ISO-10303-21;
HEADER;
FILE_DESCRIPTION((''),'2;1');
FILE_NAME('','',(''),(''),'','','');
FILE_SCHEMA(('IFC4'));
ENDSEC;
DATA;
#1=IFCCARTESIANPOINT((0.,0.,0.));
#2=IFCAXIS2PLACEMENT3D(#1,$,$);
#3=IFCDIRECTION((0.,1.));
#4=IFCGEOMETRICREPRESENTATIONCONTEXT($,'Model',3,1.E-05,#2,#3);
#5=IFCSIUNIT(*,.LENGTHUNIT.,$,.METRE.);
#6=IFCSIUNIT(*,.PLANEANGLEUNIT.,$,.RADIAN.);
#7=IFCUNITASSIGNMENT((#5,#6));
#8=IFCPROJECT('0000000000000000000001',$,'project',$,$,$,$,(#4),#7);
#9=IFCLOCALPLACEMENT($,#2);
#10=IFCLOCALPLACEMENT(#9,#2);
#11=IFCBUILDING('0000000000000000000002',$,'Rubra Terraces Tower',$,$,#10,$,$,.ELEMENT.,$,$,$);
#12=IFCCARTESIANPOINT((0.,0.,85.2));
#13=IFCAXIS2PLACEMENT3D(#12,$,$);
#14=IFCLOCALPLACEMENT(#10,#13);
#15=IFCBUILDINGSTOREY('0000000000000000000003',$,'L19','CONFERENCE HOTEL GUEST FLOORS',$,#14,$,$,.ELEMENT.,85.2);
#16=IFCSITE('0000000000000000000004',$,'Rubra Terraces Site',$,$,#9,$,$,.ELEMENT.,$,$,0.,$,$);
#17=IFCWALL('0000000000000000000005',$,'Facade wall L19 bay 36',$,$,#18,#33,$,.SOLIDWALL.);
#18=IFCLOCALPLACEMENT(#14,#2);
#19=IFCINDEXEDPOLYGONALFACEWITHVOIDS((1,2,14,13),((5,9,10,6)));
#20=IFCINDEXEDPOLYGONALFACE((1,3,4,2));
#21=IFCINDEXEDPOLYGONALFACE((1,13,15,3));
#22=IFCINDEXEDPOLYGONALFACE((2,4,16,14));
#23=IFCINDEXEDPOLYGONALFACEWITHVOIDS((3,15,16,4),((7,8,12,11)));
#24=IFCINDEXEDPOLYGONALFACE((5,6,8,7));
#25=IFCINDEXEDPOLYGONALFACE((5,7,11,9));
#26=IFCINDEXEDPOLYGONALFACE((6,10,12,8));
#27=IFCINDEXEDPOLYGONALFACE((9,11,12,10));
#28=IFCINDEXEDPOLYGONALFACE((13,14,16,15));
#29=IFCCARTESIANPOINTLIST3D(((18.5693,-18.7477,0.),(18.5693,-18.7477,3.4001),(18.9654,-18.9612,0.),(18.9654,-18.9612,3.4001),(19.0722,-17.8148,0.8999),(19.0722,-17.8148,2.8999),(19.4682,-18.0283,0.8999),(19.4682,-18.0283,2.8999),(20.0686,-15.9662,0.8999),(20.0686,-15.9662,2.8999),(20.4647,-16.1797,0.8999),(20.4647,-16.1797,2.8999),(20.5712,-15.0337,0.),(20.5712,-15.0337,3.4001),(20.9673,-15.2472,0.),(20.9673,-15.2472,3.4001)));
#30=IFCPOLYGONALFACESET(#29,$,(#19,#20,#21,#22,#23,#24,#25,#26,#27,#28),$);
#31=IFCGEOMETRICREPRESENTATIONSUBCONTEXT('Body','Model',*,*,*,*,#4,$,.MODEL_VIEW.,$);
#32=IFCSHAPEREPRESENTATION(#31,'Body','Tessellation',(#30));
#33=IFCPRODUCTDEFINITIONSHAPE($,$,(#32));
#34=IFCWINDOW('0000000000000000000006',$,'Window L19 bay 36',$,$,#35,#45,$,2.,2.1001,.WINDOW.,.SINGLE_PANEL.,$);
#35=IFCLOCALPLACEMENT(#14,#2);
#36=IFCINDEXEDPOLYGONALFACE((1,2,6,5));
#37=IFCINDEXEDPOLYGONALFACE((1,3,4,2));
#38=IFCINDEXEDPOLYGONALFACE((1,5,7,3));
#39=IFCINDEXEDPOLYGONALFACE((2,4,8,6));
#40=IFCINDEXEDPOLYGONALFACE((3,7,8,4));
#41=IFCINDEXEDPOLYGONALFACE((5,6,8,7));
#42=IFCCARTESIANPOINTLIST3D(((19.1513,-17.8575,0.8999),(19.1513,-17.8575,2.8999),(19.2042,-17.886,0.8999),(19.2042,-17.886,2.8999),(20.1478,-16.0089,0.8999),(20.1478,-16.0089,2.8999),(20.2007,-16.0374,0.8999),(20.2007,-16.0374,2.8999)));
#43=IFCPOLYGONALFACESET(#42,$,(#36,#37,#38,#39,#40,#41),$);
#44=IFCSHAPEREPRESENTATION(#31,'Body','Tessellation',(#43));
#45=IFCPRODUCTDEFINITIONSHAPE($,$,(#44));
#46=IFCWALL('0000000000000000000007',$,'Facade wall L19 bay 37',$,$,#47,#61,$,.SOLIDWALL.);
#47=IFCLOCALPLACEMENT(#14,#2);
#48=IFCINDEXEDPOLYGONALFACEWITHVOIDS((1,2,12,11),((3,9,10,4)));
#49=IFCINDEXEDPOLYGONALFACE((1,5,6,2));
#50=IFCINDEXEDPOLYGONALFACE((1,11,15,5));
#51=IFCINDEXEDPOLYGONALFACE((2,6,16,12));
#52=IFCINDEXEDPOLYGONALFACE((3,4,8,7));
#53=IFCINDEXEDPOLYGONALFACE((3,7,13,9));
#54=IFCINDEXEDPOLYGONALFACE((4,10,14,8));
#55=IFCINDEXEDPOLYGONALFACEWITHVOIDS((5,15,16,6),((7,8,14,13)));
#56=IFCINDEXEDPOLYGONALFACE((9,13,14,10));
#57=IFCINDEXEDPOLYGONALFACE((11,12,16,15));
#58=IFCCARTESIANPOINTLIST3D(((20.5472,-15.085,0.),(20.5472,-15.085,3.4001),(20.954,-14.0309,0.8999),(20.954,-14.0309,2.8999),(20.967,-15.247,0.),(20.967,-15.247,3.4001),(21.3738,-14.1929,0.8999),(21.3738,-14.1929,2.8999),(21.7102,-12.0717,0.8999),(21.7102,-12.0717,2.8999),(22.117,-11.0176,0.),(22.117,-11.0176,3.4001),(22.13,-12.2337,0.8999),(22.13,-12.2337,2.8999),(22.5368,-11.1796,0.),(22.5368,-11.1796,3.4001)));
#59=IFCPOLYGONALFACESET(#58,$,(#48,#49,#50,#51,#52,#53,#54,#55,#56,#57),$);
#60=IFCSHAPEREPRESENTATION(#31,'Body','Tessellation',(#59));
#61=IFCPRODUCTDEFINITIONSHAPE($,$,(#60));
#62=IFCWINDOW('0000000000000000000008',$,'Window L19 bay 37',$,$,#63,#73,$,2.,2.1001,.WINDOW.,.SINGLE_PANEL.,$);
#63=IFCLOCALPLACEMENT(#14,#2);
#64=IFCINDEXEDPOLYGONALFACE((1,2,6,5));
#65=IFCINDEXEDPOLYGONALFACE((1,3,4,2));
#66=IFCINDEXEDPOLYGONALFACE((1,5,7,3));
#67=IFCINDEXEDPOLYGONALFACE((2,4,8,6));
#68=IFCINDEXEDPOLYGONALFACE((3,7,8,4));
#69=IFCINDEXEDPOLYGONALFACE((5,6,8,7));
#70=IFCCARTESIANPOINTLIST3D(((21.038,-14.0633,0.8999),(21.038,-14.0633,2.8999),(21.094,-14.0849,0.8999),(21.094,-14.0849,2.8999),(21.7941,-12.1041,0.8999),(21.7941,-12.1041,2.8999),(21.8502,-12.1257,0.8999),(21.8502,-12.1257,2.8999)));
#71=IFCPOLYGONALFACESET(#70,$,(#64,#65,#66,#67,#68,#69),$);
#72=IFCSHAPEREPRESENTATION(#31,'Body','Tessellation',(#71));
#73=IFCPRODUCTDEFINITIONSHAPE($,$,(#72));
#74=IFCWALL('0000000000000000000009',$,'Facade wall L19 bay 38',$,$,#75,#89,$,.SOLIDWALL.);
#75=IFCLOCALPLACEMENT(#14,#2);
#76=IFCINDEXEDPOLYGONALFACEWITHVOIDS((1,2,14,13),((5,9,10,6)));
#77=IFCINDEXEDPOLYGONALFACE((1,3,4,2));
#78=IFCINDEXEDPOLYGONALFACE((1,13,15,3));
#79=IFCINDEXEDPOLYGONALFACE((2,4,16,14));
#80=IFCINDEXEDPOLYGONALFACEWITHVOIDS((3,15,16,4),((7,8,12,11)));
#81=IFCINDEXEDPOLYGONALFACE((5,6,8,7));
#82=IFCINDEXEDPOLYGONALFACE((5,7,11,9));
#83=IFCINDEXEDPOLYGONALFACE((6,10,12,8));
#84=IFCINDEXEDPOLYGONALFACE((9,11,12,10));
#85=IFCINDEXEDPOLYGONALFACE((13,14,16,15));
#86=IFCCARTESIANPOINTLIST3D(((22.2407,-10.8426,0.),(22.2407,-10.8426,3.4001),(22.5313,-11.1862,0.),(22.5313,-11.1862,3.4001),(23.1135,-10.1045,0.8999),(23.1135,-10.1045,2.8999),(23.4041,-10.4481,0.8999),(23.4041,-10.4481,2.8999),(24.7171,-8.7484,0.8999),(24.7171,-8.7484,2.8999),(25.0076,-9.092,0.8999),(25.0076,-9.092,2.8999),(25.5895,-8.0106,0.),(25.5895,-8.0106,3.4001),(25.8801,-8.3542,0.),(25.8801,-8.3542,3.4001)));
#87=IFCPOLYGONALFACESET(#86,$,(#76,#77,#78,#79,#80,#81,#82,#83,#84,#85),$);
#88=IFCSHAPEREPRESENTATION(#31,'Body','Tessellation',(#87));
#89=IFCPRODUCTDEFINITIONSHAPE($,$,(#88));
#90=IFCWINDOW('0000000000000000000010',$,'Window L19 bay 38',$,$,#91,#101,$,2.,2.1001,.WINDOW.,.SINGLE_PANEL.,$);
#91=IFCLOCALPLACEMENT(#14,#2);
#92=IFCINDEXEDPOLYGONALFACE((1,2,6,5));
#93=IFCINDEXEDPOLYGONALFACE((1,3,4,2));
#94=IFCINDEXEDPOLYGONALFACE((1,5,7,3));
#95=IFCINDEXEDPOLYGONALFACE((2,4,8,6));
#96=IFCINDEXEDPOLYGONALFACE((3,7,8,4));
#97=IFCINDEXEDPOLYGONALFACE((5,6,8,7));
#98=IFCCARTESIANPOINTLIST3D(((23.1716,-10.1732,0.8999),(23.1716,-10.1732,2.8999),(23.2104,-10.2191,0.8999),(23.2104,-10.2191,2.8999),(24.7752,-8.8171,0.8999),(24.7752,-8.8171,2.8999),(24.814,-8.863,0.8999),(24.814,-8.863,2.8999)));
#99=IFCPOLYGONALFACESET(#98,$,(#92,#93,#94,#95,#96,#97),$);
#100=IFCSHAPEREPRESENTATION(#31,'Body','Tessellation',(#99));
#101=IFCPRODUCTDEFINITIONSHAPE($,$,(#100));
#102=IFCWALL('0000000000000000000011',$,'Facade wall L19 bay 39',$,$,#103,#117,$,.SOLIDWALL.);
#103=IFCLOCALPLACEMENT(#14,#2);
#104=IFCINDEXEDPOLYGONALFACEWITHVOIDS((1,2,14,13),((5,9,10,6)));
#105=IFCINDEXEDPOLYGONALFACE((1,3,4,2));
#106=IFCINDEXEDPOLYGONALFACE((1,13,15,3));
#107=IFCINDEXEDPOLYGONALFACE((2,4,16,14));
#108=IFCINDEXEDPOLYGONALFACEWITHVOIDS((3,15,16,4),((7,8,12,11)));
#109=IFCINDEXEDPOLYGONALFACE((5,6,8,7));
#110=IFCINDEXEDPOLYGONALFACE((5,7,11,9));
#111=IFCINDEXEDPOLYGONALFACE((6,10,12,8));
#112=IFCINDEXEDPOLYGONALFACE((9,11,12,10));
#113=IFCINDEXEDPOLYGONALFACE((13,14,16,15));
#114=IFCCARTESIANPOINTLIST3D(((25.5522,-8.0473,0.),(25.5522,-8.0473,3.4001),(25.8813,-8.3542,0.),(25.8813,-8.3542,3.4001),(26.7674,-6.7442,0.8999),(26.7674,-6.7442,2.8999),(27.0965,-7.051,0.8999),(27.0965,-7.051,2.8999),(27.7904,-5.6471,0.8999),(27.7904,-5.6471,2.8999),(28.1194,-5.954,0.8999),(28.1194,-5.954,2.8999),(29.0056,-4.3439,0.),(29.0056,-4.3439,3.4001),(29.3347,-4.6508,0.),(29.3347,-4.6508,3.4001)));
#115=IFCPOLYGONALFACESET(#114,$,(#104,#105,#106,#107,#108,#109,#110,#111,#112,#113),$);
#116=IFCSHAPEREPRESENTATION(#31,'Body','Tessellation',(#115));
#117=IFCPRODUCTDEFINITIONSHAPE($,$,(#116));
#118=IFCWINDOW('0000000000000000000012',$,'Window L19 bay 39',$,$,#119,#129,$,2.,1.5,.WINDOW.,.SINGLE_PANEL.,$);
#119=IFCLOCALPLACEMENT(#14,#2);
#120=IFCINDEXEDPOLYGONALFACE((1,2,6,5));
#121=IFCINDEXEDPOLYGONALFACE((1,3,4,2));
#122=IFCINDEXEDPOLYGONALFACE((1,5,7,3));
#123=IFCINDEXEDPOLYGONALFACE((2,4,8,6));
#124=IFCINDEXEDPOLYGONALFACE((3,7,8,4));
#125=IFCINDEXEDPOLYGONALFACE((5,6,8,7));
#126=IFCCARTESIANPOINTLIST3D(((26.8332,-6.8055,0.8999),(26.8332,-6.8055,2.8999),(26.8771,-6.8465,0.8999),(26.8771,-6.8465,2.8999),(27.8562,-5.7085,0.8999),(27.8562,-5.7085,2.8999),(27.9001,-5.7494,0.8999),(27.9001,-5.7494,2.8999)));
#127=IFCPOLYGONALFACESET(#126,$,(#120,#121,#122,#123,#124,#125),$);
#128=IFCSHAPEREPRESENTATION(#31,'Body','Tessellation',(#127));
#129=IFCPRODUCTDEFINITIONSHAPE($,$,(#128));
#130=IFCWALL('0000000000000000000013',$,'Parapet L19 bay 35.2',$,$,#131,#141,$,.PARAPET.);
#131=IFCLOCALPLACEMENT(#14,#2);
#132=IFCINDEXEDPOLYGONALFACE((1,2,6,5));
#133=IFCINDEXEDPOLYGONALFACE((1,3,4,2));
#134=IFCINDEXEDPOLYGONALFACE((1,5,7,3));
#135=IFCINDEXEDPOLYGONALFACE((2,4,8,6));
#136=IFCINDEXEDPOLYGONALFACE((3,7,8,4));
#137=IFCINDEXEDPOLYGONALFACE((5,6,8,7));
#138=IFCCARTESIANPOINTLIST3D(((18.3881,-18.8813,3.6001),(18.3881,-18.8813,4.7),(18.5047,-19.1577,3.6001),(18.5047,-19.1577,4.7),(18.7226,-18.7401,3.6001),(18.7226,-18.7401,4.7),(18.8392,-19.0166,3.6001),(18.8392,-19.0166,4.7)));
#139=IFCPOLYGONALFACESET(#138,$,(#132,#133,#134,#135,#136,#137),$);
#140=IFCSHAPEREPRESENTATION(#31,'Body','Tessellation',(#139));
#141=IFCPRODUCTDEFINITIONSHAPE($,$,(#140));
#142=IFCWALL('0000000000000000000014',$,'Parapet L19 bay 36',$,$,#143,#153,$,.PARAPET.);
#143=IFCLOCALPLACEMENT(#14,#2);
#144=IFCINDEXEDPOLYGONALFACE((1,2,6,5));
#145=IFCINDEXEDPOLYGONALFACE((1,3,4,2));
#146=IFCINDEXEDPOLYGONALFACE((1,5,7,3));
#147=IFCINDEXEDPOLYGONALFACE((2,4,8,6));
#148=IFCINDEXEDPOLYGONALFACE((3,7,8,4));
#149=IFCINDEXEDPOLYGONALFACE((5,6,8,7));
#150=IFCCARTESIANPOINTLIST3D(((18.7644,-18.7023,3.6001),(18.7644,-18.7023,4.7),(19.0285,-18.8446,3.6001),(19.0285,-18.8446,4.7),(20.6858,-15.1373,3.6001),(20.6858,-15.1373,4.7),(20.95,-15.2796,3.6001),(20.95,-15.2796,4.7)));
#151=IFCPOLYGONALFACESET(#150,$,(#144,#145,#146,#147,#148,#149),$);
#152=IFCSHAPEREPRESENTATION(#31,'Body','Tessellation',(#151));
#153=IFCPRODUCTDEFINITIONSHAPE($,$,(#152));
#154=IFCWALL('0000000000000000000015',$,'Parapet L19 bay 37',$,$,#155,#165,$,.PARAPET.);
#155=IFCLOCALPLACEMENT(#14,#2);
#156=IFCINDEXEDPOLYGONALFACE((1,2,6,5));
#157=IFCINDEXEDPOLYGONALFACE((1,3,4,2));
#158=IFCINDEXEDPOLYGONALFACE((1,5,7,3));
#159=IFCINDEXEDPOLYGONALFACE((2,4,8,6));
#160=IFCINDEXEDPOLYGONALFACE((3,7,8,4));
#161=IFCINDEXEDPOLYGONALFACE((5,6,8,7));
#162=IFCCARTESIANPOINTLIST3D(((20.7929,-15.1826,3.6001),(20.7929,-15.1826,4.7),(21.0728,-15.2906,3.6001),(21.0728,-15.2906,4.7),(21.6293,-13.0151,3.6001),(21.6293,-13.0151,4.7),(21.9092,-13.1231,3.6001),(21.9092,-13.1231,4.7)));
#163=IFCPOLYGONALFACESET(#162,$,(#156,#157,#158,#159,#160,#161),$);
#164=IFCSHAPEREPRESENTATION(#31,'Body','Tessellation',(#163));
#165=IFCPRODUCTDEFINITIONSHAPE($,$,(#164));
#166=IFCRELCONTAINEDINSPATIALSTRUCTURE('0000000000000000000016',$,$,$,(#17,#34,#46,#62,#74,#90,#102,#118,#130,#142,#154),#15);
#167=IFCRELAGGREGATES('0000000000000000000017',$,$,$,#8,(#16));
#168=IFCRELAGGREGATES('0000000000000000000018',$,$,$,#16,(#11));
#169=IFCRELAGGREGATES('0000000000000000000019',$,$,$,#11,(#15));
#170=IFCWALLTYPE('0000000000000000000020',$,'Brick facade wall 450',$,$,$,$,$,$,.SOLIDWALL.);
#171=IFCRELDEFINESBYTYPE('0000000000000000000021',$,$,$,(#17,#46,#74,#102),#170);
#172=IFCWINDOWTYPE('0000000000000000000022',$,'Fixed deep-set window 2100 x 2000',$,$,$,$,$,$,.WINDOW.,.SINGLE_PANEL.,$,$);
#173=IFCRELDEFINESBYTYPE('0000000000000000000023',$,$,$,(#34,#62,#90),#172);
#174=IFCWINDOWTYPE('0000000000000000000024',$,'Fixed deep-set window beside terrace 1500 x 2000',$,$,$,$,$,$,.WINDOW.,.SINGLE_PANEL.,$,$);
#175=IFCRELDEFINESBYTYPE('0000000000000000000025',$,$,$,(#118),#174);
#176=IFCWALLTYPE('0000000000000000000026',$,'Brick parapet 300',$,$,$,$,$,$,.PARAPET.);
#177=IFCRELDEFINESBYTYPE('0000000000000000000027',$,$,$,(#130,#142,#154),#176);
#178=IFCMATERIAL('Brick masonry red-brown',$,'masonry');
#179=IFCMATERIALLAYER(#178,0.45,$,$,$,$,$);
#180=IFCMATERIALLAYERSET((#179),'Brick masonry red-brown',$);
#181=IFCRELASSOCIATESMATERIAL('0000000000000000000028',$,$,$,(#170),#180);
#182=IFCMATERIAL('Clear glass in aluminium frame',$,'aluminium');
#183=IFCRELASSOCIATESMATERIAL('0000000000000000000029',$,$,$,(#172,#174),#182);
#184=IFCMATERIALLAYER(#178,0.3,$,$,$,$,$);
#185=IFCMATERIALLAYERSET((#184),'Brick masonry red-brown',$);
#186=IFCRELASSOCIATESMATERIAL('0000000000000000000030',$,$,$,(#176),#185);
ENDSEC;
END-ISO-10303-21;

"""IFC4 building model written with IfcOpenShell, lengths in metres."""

from ifc_helpers import new_model, si_unit, direction, frame, frame_2d, origin, place, context, subcontext, project, spatial, rectangle, extrude, material, layer, layer_set, type_object, element, fill, save


model = new_model("IFC4")

# Units and contexts
model_context = context("Model", 3, precision=1e-05, world=origin(), true_north=direction((0.0, 1.0)))
body_context = subcontext(model_context, "Body", "Model", "MODEL_VIEW")
ifc_project = project(units=[si_unit("LENGTHUNIT", "METRE"), si_unit("PLANEANGLEUNIT", "RADIAN")], contexts=[model_context])

# Site, building, storey
site_placement = place(None, origin())
site = spatial("IfcSite", under=ifc_project, at=site_placement, Name="Rubra Terraces Site", CompositionType="ELEMENT", RefElevation=0.0)
building_placement = place(site_placement, origin())
building = spatial("IfcBuilding", under=site, at=building_placement, Name="Rubra Terraces Tower", CompositionType="ELEMENT")
storey_placement = place(building_placement, frame((0.0, 0.0, 85.2)))
storey = spatial("IfcBuildingStorey", under=building, at=storey_placement, Name="L19", Description="CONFERENCE HOTEL GUEST FLOORS", CompositionType="ELEMENT", Elevation=85.2)

# Walls, openings, windows
ifc_material_1 = material(Name="Brick masonry red-brown", Category="masonry")
ifc_layer_1 = layer(ifc_material_1, 0.45)
ifc_layer_set_1 = layer_set([ifc_layer_1], Name="Brick masonry red-brown")
wall_type_1 = type_object("IfcWallType", Name="Brick facade wall 450", PredefinedType="SOLIDWALL", material=ifc_layer_set_1)
wall_1_placement = place(storey_placement, frame((18.7673, -18.8545, 0.0), z_axis=(0.0, 0.0, 1.0), x_axis=(0.474476, 0.880268, 0.0)))
wall_1 = element("IfcWall", 1, at=wall_1_placement, inside=storey, type_object=wall_type_1, Name="Facade wall L19 bay 36", PredefinedType="SOLIDWALL", context=body_context, shape_type="SweptSolid", body=[
    extrude(rectangle(XDim=4.2192, YDim=0.45, at=frame_2d((2.1096, 0.0))), origin(), (0.0, 0.0, 1.0), 3.4001),
])
opening_1_placement = place(wall_1_placement, frame((1.0598, 0.0, 0.8999)))
opening_1 = element("IfcOpeningElement", 2, at=opening_1_placement, cuts=wall_1, PredefinedType="OPENING", context=body_context, shape_type="SweptSolid", body=[
    extrude(rectangle(XDim=2.1001, YDim=2.0, at=frame_2d((1.05, 1.0))), frame((0.0, 0.2349, 0.0), z_axis=(0.0, -1.0, 0.0), x_axis=(1.0, 0.0, 0.0)), (0.0, 0.0, 1.0), 0.47),
])
ifc_material_2 = material(Name="Clear glass in aluminium frame", Category="aluminium")
window_type_1 = type_object("IfcWindowType", Name="Fixed deep-set window 2100 x 2000", PartitioningType="SINGLE_PANEL", PredefinedType="WINDOW", material=ifc_material_2)
window_1_placement = place(opening_1_placement, origin())
window_1 = element("IfcWindow", 3, at=window_1_placement, inside=storey, type_object=window_type_1, Name="Window L19 bay 36", OverallHeight=2.0, OverallWidth=2.1001, PartitioningType="SINGLE_PANEL", PredefinedType="WINDOW", context=body_context, shape_type="SweptSolid", body=[
    extrude(rectangle(XDim=2.1001, YDim=2.0, at=frame_2d((1.05, 1.0))), frame((0.0, 0.135, 0.0), z_axis=(0.0, -1.0, 0.0), x_axis=(1.0, 0.0, 0.0)), (0.0, 0.0, 1.0), 0.0601),
])
fill(opening_1, window_1)
wall_2_placement = place(storey_placement, frame((20.7571, -15.166, 0.0), z_axis=(0.0, 0.0, 1.0), x_axis=(0.360067, 0.932926, 0.0)))
wall_2 = element("IfcWall", 4, at=wall_2_placement, inside=storey, type_object=wall_type_1, Name="Facade wall L19 bay 37", PredefinedType="SOLIDWALL", context=body_context, shape_type="SweptSolid", body=[
    extrude(rectangle(XDim=4.3599, YDim=0.45, at=frame_2d((2.1799, 0.0))), origin(), (0.0, 0.0, 1.0), 3.4001),
])
opening_2_placement = place(wall_2_placement, frame((1.1299, 0.0, 0.8999)))
opening_2 = element("IfcOpeningElement", 5, at=opening_2_placement, cuts=wall_2, PredefinedType="OPENING", context=body_context, shape_type="SweptSolid", body=[
    extrude(rectangle(XDim=2.1001, YDim=2.0, at=frame_2d((1.05, 1.0))), frame((0.0, 0.2349, 0.0), z_axis=(0.0, -1.0, 0.0), x_axis=(1.0, 0.0, 0.0)), (0.0, 0.0, 1.0), 0.47),
])
window_2_placement = place(opening_2_placement, origin())
window_2 = element("IfcWindow", 6, at=window_2_placement, inside=storey, type_object=window_type_1, Name="Window L19 bay 37", OverallHeight=2.0, OverallWidth=2.1001, PartitioningType="SINGLE_PANEL", PredefinedType="WINDOW", context=body_context, shape_type="SweptSolid", body=[
    extrude(rectangle(XDim=2.1001, YDim=2.0, at=frame_2d((1.05, 1.0))), frame((0.0, 0.135, 0.0), z_axis=(0.0, -1.0, 0.0), x_axis=(1.0, 0.0, 0.0)), (0.0, 0.0, 1.0), 0.0601),
])
fill(opening_2, window_2)
wall_3_placement = place(storey_placement, frame((22.386, -11.0144, 0.0), z_axis=(0.0, 0.0, 1.0), x_axis=(0.76357, 0.645725, 0.0)))
wall_3 = element("IfcWall", 7, at=wall_3_placement, inside=storey, type_object=wall_type_1, Name="Facade wall L19 bay 38", PredefinedType="SOLIDWALL", context=body_context, shape_type="SweptSolid", body=[
    extrude(rectangle(XDim=4.3857, YDim=0.45, at=frame_2d((2.1929, 0.0))), origin(), (0.0, 0.0, 1.0), 3.4001),
])
opening_3_placement = place(wall_3_placement, frame((1.1431, 0.0, 0.8999)))
opening_3 = element("IfcOpeningElement", 8, at=opening_3_placement, cuts=wall_3, PredefinedType="OPENING", context=body_context, shape_type="SweptSolid", body=[
    extrude(rectangle(XDim=2.1001, YDim=2.0, at=frame_2d((1.05, 1.0))), frame((0.0, 0.2349, 0.0), z_axis=(0.0, -1.0, 0.0), x_axis=(1.0, 0.0, 0.0)), (0.0, 0.0, 1.0), 0.47),
])
window_3_placement = place(opening_3_placement, origin())
window_3 = element("IfcWindow", 9, at=window_3_placement, inside=storey, type_object=window_type_1, Name="Window L19 bay 38", OverallHeight=2.0, OverallWidth=2.1001, PartitioningType="SINGLE_PANEL", PredefinedType="WINDOW", context=body_context, shape_type="SweptSolid", body=[
    extrude(rectangle(XDim=2.1001, YDim=2.0, at=frame_2d((1.05, 1.0))), frame((0.0, 0.135, 0.0), z_axis=(0.0, -1.0, 0.0), x_axis=(1.0, 0.0, 0.0)), (0.0, 0.0, 1.0), 0.0601),
])
fill(opening_3, window_3)
wall_4_placement = place(storey_placement, frame((25.7168, -8.2007, 0.0), z_axis=(0.0, 0.0, 1.0), x_axis=(0.68199, 0.731361, 0.0)))
wall_4 = element("IfcWall", 10, at=wall_4_placement, inside=storey, type_object=wall_type_1, Name="Facade wall L19 bay 39", PredefinedType="SOLIDWALL", context=body_context, shape_type="SweptSolid", body=[
    extrude(rectangle(XDim=5.0637, YDim=0.45, at=frame_2d((2.5317, 0.0))), origin(), (0.0, 0.0, 1.0), 3.4001),
])
opening_4_placement = place(wall_4_placement, frame((1.7817, 0.0, 0.8999)))
opening_4 = element("IfcOpeningElement", 11, at=opening_4_placement, cuts=wall_4, PredefinedType="OPENING", context=body_context, shape_type="SweptSolid", body=[
    extrude(rectangle(XDim=1.5, YDim=2.0, at=frame_2d((0.75, 1.0))), frame((0.0, 0.2349, 0.0), z_axis=(0.0, -1.0, 0.0), x_axis=(1.0, 0.0, 0.0)), (0.0, 0.0, 1.0), 0.47),
])
window_type_2 = type_object("IfcWindowType", Name="Fixed deep-set window beside terrace 1500 x 2000", PartitioningType="SINGLE_PANEL", PredefinedType="WINDOW", material=ifc_material_2)
window_4_placement = place(opening_4_placement, origin())
window_4 = element("IfcWindow", 12, at=window_4_placement, inside=storey, type_object=window_type_2, Name="Window L19 bay 39", OverallHeight=2.0, OverallWidth=1.5, PartitioningType="SINGLE_PANEL", PredefinedType="WINDOW", context=body_context, shape_type="SweptSolid", body=[
    extrude(rectangle(XDim=1.5, YDim=2.0, at=frame_2d((0.75, 1.0))), frame((0.0, 0.135, 0.0), z_axis=(0.0, -1.0, 0.0), x_axis=(1.0, 0.0, 0.0)), (0.0, 0.0, 1.0), 0.0601),
])
fill(opening_4, window_4)

# Walls
ifc_layer_2 = layer(ifc_material_1, 0.3)
ifc_layer_set_2 = layer_set([ifc_layer_2], Name="Brick masonry red-brown")
wall_type_2 = type_object("IfcWallType", Name="Brick parapet 300", PredefinedType="PARAPET", material=ifc_layer_set_2)
wall_5_placement = place(storey_placement, frame((18.4463, -19.0195, 3.6001), z_axis=(0.0, 0.0, 1.0), x_axis=(0.921357, 0.388718, 0.0)))
element("IfcWall", 13, at=wall_5_placement, inside=storey, type_object=wall_type_2, Name="Parapet L19 bay 35.2", PredefinedType="PARAPET", context=body_context, shape_type="SweptSolid", body=[
    extrude(rectangle(XDim=0.363, YDim=0.3, at=frame_2d((0.1816, 0.0))), origin(), (0.0, 0.0, 1.0), 1.0999),
])
wall_6_placement = place(storey_placement, frame((18.8965, -18.7734, 3.6001), z_axis=(0.0, 0.0, 1.0), x_axis=(0.474445, 0.880285, 0.0)))
element("IfcWall", 14, at=wall_6_placement, inside=storey, type_object=wall_type_2, Name="Parapet L19 bay 36", PredefinedType="PARAPET", context=body_context, shape_type="SweptSolid", body=[
    extrude(rectangle(XDim=4.0498, YDim=0.3, at=frame_2d((2.0249, 0.0))), origin(), (0.0, 0.0, 1.0), 1.0999),
])
wall_7_placement = place(storey_placement, frame((20.9329, -15.2366, 3.6001), z_axis=(0.0, 0.0, 1.0), x_axis=(0.360021, 0.932944, 0.0)))
element("IfcWall", 15, at=wall_7_placement, inside=storey, type_object=wall_type_2, Name="Parapet L19 bay 37", PredefinedType="PARAPET", context=body_context, shape_type="SweptSolid", body=[
    extrude(rectangle(XDim=2.3232, YDim=0.3, at=frame_2d((1.1616, 0.0))), origin(), (0.0, 0.0, 1.0), 1.0999),
])

save(model, "model.ifc")
